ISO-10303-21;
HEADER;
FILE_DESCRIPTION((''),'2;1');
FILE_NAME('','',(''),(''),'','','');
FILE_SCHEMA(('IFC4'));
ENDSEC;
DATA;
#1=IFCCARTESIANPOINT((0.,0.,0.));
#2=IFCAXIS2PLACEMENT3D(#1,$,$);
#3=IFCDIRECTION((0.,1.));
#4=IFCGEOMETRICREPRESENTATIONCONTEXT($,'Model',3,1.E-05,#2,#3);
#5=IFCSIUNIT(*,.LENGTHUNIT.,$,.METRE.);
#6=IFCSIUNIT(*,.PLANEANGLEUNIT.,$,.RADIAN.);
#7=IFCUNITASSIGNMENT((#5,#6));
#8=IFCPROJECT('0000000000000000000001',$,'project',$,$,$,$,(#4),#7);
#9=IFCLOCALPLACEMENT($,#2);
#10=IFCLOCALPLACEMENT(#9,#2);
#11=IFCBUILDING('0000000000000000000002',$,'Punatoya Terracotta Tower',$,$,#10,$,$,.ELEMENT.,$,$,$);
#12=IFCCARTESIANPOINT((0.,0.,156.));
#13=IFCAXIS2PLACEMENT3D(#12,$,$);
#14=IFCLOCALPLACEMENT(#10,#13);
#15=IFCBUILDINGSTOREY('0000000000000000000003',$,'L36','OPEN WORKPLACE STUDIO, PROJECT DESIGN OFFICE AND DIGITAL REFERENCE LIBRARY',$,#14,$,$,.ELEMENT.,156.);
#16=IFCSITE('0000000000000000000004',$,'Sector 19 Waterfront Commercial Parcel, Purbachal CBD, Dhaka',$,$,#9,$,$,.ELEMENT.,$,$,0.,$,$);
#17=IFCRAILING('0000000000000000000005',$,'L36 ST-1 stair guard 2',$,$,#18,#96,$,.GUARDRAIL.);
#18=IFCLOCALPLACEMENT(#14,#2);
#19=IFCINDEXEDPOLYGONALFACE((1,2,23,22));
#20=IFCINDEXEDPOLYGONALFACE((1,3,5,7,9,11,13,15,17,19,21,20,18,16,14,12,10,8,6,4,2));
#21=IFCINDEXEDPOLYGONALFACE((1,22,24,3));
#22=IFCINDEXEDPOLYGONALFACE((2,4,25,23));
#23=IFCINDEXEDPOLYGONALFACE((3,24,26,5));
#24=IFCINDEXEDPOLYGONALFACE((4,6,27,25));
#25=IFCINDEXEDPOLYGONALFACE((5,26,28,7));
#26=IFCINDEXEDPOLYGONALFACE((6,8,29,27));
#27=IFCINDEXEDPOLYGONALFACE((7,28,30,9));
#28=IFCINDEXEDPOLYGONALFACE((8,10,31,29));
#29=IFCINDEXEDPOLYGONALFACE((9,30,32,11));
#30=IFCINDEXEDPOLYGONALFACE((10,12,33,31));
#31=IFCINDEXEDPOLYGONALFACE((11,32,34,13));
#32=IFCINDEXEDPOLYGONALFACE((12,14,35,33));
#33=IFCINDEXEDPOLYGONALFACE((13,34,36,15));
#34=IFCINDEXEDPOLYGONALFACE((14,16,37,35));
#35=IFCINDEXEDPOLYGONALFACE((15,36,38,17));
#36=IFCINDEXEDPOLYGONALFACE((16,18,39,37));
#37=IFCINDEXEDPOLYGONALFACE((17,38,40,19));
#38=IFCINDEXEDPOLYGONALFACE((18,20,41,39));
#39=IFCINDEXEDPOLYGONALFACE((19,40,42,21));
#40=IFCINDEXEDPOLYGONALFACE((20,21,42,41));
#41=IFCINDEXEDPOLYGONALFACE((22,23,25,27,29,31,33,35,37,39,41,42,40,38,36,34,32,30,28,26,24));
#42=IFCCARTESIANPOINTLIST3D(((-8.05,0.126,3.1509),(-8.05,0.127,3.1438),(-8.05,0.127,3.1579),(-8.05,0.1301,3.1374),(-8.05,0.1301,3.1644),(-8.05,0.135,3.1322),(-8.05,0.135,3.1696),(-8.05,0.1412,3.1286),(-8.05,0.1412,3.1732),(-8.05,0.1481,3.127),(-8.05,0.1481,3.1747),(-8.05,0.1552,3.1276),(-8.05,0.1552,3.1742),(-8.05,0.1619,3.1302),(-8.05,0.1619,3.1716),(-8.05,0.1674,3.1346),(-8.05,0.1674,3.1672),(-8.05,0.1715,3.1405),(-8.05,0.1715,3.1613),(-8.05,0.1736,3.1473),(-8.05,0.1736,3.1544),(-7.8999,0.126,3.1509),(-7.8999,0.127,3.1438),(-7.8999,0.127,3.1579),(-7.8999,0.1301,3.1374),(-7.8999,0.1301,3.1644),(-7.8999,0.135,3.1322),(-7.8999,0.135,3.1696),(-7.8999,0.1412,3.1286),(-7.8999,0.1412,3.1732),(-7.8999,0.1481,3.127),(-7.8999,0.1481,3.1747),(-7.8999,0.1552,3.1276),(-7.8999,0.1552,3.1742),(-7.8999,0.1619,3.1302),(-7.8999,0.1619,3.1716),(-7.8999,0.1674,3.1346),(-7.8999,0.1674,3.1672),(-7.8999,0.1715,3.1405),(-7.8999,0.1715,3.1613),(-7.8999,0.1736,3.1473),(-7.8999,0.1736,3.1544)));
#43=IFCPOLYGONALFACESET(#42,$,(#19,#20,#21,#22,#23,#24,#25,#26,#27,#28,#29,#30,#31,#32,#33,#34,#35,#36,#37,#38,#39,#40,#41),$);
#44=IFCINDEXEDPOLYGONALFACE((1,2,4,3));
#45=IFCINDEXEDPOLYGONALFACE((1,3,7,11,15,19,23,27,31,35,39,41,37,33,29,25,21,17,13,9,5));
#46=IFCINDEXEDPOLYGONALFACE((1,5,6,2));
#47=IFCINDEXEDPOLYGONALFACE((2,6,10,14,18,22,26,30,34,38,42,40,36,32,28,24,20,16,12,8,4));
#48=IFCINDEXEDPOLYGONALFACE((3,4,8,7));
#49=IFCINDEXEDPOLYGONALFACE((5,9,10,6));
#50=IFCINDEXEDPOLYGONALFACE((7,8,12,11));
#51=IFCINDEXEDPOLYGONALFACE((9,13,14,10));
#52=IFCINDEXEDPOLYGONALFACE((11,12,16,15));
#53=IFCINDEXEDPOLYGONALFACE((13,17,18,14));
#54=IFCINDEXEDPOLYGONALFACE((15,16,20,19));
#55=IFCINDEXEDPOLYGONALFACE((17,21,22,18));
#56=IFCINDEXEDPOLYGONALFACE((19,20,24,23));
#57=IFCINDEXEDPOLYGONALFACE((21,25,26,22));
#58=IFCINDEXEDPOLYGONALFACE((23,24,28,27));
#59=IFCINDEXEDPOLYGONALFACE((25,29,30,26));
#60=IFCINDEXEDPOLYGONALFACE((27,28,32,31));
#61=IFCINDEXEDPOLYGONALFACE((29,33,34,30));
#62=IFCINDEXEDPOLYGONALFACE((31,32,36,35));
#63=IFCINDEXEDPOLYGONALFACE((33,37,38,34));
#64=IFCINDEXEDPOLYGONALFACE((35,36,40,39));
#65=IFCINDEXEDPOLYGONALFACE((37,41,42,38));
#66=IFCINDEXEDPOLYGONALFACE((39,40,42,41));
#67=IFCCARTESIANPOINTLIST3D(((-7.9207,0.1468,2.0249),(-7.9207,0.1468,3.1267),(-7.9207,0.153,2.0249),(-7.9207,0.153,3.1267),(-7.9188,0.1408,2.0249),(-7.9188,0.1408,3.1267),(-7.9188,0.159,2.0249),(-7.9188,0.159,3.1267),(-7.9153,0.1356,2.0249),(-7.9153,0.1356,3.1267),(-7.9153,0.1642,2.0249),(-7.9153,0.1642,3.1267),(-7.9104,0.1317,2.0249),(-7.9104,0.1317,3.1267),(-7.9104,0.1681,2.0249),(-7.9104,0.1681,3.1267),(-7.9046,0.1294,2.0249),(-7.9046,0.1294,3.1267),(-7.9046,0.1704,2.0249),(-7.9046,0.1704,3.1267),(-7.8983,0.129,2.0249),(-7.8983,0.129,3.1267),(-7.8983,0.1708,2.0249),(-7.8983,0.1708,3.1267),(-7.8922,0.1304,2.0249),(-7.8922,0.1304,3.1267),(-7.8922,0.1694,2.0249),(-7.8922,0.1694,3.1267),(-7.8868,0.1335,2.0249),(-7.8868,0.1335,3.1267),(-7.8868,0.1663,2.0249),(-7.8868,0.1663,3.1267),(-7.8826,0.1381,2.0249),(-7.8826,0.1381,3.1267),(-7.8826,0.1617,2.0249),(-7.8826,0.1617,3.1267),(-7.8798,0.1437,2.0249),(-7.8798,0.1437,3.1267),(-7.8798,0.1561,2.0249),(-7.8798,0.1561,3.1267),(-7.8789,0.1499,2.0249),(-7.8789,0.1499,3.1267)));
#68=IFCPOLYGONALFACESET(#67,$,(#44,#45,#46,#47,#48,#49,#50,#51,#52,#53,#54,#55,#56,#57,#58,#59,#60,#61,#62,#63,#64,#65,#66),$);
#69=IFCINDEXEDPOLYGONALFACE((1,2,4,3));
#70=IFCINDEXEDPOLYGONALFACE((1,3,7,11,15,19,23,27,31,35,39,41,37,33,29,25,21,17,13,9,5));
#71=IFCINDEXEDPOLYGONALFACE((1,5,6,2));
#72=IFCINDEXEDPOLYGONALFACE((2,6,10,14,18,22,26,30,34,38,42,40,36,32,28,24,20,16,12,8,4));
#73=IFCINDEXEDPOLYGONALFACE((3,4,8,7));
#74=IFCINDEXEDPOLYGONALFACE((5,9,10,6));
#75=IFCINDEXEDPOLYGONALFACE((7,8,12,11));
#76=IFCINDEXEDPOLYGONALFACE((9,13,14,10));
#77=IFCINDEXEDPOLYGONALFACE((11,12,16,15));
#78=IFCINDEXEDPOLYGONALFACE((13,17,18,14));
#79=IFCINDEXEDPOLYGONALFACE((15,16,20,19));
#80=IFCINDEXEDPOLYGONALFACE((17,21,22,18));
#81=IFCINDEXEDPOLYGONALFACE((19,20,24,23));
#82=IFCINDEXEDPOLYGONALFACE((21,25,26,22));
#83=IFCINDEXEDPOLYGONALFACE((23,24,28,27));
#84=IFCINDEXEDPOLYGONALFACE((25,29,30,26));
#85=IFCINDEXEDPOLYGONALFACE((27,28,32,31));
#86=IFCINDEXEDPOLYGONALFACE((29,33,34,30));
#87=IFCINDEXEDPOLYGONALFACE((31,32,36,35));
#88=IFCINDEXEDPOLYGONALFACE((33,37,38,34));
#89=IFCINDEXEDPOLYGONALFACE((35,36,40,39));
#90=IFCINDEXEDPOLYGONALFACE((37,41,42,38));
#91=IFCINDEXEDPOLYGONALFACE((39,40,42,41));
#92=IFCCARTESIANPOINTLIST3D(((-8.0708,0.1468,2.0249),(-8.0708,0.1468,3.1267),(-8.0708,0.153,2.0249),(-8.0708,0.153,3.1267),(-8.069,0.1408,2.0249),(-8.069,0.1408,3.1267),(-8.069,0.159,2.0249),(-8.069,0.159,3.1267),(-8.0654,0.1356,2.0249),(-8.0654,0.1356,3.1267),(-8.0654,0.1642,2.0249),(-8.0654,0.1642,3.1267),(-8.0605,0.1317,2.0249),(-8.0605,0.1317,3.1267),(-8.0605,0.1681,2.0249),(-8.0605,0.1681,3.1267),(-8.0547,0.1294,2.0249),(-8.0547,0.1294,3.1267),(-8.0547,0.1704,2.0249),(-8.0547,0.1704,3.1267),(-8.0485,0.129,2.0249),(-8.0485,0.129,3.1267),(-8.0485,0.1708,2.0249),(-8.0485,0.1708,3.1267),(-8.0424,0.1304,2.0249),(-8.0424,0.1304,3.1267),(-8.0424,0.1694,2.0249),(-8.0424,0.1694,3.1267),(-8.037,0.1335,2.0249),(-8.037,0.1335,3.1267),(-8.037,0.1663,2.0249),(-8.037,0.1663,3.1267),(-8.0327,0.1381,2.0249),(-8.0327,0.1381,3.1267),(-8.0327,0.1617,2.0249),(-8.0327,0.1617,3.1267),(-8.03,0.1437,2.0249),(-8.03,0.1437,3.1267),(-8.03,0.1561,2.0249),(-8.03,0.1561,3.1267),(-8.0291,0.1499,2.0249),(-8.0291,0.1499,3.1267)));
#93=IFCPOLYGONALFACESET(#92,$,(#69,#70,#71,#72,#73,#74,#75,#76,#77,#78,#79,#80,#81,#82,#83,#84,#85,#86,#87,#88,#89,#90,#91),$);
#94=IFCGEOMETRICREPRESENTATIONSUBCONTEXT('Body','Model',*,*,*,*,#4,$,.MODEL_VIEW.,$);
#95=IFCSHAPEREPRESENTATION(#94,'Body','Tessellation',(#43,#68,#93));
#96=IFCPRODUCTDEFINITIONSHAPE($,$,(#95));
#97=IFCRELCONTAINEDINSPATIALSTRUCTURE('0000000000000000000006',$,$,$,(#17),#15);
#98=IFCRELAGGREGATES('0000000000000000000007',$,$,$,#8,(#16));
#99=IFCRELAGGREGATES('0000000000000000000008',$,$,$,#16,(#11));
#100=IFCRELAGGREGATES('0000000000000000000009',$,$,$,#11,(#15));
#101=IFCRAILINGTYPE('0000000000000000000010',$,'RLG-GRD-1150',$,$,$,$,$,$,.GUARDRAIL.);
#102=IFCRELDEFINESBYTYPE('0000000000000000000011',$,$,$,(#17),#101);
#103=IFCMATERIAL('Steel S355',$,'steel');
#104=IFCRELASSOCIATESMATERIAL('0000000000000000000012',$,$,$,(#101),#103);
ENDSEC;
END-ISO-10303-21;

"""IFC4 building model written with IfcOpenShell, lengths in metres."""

from ifc_helpers import new_model, si_unit, direction, frame, origin, origin_2d, place, context, subcontext, project, spatial, circle, extrude, material, type_object, element, save


model = new_model("IFC4")

# Units and contexts
model_context = context("Model", 3, precision=1e-05, world=origin(), true_north=direction((0.0, 1.0)))
body_context = subcontext(model_context, "Body", "Model", "MODEL_VIEW")
ifc_project = project(units=[si_unit("LENGTHUNIT", "METRE"), si_unit("PLANEANGLEUNIT", "RADIAN")], contexts=[model_context])

# Site, building, storey
site_placement = place(None, origin())
site = spatial("IfcSite", under=ifc_project, at=site_placement, Name="Sector 19 Waterfront Commercial Parcel, Purbachal CBD, Dhaka", CompositionType="ELEMENT", RefElevation=0.0)
building_placement = place(site_placement, origin())
building = spatial("IfcBuilding", under=site, at=building_placement, Name="Punatoya Terracotta Tower", CompositionType="ELEMENT")
storey_placement = place(building_placement, frame((0.0, 0.0, 156.0)))
storey = spatial("IfcBuildingStorey", under=building, at=storey_placement, Name="L36", Description="OPEN WORKPLACE STUDIO, PROJECT DESIGN OFFICE AND DIGITAL REFERENCE LIBRARY", CompositionType="ELEMENT", Elevation=156.0)

# Shared definitions
ifc_material_1 = material(Name="Steel S355", Category="steel")

# Railing
railing_type_1 = type_object("IfcRailingType", Name="RLG-GRD-1150", PredefinedType="GUARDRAIL", material=ifc_material_1)
railing_1_placement = place(storey_placement, frame((-7.8999, 0.1499, 2.0249)))
element("IfcRailing", 1, at=railing_1_placement, inside=storey, type_object=railing_type_1, Name="L36 ST-1 stair guard 2", PredefinedType="GUARDRAIL", context=body_context, shape_type="SweptSolid", body=[
    extrude(circle(Radius=0.0239, at=origin_2d()), frame((0.0, 0.0, 1.126), z_axis=(-1.0, 0.0, 0.0), x_axis=(0.0, -1.0, 0.0)), (0.0, 0.0, 1.0), 0.1501),
    extrude(circle(Radius=0.021, at=origin_2d()), origin(), (0.0, 0.0, 1.0), 1.1018),
    extrude(circle(Radius=0.021, at=origin_2d()), frame((-0.1501, 0.0, 0.0)), (0.0, 0.0, 1.0), 1.1018),
])

save(model, "model.ifc")
